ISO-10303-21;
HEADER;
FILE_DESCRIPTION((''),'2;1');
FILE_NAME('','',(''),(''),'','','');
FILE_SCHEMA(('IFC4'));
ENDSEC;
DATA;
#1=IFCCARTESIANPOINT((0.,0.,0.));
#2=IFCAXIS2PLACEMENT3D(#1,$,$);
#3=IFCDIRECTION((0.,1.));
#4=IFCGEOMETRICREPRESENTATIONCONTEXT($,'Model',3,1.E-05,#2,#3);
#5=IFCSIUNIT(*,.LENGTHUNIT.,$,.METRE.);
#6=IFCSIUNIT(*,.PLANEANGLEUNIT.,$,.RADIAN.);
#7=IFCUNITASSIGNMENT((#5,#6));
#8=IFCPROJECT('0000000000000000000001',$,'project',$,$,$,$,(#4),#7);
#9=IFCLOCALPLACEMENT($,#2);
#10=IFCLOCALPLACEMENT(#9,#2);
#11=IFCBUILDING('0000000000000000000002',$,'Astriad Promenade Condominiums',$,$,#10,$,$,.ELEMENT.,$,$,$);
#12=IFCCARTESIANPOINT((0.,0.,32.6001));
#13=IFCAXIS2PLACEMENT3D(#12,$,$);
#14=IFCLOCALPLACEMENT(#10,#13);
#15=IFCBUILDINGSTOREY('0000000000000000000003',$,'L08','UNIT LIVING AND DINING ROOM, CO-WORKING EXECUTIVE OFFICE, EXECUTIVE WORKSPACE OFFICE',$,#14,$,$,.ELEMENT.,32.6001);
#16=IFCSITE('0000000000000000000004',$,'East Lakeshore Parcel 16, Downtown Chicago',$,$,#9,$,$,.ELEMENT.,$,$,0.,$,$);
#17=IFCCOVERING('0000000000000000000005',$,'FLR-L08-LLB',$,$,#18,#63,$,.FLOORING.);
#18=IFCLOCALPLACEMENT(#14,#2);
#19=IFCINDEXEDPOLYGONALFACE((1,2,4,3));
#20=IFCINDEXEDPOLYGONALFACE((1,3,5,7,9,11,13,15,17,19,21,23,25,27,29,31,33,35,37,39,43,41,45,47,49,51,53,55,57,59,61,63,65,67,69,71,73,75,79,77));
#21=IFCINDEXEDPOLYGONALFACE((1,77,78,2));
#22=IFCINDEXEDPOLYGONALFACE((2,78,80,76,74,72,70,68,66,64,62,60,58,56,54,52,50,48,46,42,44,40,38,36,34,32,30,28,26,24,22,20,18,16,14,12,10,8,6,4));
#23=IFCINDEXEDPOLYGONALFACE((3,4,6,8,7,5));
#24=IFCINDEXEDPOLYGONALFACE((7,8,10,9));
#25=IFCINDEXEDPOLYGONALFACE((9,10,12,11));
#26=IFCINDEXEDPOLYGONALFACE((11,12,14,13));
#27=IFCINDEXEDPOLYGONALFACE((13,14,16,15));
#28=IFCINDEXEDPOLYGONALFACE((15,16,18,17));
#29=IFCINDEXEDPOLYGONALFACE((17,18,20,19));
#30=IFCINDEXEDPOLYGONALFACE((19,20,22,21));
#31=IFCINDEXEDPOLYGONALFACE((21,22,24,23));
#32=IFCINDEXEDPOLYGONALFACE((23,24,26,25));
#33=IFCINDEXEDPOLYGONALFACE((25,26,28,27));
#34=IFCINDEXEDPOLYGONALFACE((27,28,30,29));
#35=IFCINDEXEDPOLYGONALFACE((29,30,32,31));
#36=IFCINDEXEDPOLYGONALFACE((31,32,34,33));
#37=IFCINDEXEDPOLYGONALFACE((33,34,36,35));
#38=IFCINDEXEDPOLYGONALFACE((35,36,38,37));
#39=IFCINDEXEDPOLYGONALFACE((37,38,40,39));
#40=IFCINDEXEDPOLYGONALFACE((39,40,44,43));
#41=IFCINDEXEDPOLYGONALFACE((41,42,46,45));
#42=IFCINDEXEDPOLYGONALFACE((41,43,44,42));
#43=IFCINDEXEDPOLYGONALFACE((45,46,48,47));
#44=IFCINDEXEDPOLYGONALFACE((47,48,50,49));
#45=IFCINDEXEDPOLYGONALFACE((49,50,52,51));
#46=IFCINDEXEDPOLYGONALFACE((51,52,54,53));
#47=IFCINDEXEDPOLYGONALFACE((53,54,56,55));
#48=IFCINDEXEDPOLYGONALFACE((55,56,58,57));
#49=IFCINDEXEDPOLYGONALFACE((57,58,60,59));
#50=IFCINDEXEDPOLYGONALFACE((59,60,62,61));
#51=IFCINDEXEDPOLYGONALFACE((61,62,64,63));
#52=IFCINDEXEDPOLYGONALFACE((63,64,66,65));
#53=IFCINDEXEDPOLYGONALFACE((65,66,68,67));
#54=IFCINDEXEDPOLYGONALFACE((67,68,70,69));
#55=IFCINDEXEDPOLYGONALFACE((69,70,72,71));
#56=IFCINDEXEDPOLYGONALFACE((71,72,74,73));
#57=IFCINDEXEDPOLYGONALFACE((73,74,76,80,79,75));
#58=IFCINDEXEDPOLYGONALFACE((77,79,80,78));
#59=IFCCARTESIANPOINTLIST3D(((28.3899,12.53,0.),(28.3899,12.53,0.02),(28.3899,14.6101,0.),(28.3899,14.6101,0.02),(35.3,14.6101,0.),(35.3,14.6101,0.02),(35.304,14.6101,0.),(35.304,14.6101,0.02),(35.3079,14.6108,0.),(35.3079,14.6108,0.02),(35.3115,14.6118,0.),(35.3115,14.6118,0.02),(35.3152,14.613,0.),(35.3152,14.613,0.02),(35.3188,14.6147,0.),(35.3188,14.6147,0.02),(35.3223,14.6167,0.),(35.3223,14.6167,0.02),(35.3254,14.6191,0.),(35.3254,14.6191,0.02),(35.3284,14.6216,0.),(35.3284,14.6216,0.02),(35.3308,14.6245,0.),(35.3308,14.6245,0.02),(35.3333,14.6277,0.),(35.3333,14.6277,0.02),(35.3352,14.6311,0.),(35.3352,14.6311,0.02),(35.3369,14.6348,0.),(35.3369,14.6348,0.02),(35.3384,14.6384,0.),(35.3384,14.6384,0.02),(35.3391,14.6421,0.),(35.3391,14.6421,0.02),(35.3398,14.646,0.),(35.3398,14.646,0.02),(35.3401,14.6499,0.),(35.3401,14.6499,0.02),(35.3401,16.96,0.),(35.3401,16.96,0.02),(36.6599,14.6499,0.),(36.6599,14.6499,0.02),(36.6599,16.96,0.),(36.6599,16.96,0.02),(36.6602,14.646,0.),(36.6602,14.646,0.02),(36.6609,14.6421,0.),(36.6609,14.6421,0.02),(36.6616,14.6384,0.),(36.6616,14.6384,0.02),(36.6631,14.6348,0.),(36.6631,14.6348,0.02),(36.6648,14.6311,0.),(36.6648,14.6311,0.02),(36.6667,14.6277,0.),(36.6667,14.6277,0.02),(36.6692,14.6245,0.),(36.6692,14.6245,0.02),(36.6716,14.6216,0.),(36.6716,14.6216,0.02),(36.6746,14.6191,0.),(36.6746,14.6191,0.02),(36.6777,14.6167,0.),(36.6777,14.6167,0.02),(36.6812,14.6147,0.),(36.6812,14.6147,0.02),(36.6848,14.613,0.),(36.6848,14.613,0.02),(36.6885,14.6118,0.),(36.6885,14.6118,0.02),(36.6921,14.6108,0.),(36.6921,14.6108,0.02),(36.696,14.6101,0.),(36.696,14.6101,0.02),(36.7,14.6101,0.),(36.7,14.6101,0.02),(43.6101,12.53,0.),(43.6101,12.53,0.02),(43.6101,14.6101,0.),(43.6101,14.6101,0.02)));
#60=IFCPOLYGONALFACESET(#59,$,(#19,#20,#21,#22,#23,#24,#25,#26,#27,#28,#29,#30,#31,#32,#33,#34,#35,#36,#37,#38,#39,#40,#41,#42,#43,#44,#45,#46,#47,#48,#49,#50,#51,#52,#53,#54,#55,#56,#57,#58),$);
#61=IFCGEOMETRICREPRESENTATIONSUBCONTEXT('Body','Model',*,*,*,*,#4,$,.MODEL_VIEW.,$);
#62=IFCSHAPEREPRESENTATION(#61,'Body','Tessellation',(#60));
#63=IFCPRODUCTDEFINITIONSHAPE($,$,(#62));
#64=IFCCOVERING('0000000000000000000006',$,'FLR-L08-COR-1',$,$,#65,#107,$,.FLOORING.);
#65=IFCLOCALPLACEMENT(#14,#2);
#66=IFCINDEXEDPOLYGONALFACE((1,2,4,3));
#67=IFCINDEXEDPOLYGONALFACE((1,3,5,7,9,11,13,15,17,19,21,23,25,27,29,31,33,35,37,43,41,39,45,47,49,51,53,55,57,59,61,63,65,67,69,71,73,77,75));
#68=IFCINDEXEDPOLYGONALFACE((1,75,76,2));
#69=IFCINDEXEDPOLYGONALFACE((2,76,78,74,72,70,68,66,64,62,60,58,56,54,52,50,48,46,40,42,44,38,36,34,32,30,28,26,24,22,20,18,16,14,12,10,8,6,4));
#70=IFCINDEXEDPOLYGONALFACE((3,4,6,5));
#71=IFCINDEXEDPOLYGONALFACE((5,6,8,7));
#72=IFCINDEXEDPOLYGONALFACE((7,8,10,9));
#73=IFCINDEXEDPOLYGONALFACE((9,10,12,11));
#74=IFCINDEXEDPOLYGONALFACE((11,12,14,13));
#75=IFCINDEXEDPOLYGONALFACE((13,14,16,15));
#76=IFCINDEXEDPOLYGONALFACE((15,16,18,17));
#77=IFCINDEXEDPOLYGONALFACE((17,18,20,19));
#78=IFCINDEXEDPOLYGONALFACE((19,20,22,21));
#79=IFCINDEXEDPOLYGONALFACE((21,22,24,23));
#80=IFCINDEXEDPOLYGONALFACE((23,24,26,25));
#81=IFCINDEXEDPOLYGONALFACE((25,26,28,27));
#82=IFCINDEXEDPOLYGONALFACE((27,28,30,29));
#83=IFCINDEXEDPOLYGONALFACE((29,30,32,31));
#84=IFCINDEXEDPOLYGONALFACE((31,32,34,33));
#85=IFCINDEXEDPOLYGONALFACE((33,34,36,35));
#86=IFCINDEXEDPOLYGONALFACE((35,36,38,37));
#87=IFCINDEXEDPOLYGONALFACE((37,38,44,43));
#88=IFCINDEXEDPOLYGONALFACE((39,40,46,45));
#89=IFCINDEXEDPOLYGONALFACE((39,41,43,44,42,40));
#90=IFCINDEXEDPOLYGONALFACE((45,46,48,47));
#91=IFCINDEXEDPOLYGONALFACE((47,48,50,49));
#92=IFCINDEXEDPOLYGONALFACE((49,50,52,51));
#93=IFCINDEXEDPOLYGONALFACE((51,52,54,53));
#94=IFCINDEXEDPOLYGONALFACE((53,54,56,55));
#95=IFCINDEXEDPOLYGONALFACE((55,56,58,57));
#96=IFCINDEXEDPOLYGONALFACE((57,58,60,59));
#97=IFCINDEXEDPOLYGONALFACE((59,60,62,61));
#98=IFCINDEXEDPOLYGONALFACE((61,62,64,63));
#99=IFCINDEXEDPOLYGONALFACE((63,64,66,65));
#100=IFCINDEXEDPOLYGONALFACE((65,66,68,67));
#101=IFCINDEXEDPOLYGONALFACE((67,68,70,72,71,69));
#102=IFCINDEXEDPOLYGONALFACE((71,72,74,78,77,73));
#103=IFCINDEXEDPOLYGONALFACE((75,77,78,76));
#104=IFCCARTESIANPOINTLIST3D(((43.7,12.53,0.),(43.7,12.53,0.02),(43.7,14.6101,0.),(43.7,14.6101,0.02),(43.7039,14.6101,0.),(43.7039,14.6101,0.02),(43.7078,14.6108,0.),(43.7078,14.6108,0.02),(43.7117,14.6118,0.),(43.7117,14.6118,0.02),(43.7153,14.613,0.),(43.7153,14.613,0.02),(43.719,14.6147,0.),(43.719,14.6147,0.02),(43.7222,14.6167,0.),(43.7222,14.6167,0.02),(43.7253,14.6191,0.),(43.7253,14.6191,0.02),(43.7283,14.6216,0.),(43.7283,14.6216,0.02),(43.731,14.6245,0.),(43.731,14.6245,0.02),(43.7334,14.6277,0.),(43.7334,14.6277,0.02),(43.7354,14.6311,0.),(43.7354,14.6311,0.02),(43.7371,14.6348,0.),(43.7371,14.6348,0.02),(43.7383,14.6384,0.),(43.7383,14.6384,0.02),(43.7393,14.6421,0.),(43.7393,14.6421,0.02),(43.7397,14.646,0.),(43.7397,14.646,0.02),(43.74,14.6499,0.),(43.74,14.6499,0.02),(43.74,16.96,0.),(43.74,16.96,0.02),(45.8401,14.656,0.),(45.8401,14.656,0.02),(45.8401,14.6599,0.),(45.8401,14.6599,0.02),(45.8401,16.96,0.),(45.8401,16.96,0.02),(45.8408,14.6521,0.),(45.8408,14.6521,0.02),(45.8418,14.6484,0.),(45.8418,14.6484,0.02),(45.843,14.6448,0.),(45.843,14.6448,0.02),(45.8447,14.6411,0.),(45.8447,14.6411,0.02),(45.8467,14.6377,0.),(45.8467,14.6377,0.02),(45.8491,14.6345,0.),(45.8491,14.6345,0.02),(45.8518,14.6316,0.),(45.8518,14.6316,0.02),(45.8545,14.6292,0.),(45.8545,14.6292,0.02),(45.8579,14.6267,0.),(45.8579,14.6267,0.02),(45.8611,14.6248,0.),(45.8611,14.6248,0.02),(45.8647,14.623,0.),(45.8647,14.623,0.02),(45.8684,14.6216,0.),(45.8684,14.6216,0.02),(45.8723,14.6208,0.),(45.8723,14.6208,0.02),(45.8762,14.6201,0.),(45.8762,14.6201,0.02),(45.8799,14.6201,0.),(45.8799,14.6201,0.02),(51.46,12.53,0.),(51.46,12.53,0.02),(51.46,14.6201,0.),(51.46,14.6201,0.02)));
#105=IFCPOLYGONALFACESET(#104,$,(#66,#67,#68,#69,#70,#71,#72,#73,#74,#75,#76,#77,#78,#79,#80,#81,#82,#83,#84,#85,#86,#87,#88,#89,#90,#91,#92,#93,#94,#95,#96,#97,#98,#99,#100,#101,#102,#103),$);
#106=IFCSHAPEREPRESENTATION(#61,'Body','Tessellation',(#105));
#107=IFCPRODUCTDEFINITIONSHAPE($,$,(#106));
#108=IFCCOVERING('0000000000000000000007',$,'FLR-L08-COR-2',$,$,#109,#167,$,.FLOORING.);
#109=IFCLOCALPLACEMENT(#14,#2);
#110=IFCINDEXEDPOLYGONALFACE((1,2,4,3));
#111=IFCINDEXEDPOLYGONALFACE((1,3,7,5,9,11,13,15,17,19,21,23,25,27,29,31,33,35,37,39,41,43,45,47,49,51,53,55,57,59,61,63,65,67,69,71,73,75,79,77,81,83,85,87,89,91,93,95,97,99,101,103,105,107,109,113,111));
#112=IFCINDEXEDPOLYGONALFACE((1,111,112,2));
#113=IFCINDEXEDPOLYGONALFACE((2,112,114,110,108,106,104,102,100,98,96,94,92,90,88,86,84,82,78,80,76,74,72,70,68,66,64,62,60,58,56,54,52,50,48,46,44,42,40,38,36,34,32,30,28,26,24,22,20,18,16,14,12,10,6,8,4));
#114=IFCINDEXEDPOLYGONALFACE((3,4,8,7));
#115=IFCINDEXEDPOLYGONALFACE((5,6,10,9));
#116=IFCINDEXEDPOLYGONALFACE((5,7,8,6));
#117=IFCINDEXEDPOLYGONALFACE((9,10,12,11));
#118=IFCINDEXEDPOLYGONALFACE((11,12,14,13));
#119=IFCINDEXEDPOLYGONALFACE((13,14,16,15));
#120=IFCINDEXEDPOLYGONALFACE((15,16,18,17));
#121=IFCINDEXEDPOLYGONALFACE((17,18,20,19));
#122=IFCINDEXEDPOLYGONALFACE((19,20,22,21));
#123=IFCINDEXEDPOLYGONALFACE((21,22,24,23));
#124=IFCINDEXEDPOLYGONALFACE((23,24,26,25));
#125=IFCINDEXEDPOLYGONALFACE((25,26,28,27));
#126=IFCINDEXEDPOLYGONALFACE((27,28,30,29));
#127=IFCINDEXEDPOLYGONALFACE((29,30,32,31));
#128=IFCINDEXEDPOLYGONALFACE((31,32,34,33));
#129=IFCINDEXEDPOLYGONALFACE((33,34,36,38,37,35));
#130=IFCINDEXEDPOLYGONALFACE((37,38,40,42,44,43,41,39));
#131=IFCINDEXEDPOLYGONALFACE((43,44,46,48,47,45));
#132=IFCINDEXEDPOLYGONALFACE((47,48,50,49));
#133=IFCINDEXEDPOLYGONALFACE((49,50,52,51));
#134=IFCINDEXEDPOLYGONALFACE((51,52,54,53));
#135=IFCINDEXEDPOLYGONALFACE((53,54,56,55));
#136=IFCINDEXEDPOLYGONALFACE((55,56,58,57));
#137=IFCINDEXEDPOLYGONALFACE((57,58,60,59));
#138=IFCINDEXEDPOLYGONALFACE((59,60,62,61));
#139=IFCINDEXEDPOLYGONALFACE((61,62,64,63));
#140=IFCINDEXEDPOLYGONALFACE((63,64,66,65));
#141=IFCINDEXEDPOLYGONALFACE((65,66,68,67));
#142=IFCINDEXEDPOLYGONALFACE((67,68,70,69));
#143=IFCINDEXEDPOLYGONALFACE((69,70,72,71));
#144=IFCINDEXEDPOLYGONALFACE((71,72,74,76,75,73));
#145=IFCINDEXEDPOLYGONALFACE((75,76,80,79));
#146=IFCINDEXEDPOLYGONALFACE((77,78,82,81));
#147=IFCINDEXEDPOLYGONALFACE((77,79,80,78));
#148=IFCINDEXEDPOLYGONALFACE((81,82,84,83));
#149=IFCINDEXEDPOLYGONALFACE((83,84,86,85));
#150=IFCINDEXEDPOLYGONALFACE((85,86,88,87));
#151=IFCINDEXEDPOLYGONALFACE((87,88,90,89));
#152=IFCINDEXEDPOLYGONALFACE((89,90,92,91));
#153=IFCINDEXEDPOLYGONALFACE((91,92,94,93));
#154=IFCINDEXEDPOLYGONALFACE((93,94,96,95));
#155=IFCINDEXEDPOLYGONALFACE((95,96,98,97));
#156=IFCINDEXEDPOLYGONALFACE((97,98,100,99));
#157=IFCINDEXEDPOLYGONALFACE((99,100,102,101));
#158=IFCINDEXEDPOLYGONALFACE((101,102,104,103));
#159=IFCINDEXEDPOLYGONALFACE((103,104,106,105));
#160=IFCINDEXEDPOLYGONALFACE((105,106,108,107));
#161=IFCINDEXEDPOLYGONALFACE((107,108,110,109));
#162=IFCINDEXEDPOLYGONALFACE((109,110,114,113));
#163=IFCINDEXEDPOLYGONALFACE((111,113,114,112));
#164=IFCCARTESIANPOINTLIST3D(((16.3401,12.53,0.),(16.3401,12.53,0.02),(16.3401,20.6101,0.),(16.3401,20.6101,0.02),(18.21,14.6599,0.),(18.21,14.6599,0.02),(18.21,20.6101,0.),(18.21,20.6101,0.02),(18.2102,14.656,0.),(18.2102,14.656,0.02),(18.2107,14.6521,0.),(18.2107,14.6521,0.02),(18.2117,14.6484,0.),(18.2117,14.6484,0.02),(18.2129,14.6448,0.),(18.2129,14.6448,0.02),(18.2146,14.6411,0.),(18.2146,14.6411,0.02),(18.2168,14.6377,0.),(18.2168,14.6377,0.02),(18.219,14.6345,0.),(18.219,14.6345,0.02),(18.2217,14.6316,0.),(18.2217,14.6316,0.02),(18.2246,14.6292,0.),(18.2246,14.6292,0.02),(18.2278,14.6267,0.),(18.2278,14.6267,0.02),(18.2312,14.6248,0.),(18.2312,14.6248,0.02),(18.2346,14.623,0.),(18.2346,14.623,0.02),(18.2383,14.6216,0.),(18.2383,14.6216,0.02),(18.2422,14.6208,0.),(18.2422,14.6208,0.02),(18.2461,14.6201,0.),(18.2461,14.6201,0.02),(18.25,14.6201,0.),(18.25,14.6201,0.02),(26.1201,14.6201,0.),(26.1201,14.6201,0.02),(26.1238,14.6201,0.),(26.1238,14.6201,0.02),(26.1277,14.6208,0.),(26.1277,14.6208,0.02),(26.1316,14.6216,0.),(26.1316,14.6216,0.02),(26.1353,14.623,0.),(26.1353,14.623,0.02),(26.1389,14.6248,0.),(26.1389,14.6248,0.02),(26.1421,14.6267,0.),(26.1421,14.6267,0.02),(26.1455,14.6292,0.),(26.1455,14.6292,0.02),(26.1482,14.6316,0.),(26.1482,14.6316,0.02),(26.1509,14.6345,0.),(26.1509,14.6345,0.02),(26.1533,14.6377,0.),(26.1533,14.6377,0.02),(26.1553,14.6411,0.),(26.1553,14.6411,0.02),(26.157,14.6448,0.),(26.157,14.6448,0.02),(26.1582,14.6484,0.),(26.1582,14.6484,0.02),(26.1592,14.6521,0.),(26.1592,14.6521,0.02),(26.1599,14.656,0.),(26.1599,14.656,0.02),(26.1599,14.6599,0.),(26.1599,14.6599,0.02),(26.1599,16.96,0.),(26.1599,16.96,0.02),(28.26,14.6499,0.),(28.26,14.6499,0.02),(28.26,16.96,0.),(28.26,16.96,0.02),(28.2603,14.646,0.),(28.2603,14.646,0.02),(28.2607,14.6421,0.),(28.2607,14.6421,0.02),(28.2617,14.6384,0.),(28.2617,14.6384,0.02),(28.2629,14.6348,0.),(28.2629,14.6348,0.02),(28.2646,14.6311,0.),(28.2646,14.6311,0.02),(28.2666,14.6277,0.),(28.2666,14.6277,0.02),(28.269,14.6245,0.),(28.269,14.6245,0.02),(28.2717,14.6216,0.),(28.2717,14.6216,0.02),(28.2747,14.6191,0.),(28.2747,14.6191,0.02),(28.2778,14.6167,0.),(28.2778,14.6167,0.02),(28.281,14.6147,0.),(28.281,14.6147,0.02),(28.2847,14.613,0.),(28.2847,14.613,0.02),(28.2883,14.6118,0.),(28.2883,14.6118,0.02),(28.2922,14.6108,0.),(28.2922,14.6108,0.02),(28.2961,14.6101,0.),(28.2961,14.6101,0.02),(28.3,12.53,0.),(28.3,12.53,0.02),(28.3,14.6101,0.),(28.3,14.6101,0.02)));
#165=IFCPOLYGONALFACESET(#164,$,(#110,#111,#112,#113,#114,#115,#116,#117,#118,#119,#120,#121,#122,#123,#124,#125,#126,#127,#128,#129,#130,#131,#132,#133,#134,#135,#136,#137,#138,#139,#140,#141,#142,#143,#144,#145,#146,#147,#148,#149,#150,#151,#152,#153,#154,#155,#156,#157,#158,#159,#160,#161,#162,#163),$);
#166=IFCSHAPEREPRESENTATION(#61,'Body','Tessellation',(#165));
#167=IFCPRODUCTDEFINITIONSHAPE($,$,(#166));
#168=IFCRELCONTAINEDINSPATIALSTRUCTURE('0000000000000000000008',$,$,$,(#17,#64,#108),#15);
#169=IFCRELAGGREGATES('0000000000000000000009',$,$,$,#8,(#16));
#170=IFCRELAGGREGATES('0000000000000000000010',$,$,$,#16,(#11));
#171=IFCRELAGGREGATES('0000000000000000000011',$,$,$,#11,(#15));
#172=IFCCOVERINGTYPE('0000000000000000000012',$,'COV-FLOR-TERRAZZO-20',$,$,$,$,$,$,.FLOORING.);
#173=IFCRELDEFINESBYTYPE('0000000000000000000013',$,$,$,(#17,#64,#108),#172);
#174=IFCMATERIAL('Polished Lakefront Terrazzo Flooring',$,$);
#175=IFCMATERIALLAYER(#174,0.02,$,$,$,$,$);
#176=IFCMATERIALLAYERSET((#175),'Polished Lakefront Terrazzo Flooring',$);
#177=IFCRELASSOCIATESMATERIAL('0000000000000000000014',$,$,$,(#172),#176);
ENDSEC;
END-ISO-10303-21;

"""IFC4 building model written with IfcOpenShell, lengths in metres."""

from ifc_helpers import new_model, si_unit, direction, frame, origin, place, context, subcontext, project, spatial, polyline, outline, extrude, material, layer, layer_set, type_object, element, save


model = new_model("IFC4")

# Units and contexts
model_context = context("Model", 3, precision=1e-05, world=origin(), true_north=direction((0.0, 1.0)))
body_context = subcontext(model_context, "Body", "Model", "MODEL_VIEW")
ifc_project = project(units=[si_unit("LENGTHUNIT", "METRE"), si_unit("PLANEANGLEUNIT", "RADIAN")], contexts=[model_context])

# Site, building, storey
site_placement = place(None, origin())
site = spatial("IfcSite", under=ifc_project, at=site_placement, Name="East Lakeshore Parcel 16, Downtown Chicago", CompositionType="ELEMENT", RefElevation=0.0)
building_placement = place(site_placement, origin())
building = spatial("IfcBuilding", under=site, at=building_placement, Name="Astriad Promenade Condominiums", CompositionType="ELEMENT")
storey_placement = place(building_placement, frame((0.0, 0.0, 32.6001)))
storey = spatial("IfcBuildingStorey", under=building, at=storey_placement, Name="L08", Description="UNIT LIVING AND DINING ROOM, CO-WORKING EXECUTIVE OFFICE, EXECUTIVE WORKSPACE OFFICE", CompositionType="ELEMENT", Elevation=32.6001)

# Coverings
ifc_material_1 = material(Name="Polished Lakefront Terrazzo Flooring")
ifc_layer_1 = layer(ifc_material_1, 0.02)
ifc_layer_set_1 = layer_set([ifc_layer_1], Name="Polished Lakefront Terrazzo Flooring")
covering_type = type_object("IfcCoveringType", Name="COV-FLOR-TERRAZZO-20", PredefinedType="FLOORING", material=ifc_layer_set_1)
covering_1_placement = place(storey_placement, origin())
element("IfcCovering", 1, at=covering_1_placement, inside=storey, type_object=covering_type, Name="FLR-L08-LLB", PredefinedType="FLOORING", context=body_context, shape_type="SweptSolid", body=[
    extrude(outline(polyline([(43.6101, 14.6101), (43.6101, 12.53), (28.3899, 12.53), (28.3899, 14.6101), (35.3, 14.6101), (35.304, 14.6101), (35.3079, 14.6108), (35.3115, 14.6118), (35.3152, 14.613), (35.3188, 14.6147), (35.3223, 14.6167), (35.3254, 14.6191), (35.3284, 14.6216), (35.3308, 14.6245), (35.3333, 14.6277), (35.3352, 14.6311), (35.3369, 14.6348), (35.3384, 14.6384), (35.3391, 14.6421), (35.3398, 14.646), (35.3401, 14.6499), (35.3401, 16.96), (36.6599, 16.96), (36.6599, 14.6499), (36.6602, 14.646), (36.6609, 14.6421), (36.6616, 14.6384), (36.6631, 14.6348), (36.6648, 14.6311), (36.6667, 14.6277), (36.6692, 14.6245), (36.6716, 14.6216), (36.6746, 14.6191), (36.6777, 14.6167), (36.6812, 14.6147), (36.6848, 14.613), (36.6885, 14.6118), (36.6921, 14.6108), (36.696, 14.6101), (36.7, 14.6101), (43.6101, 14.6101)])), origin(), (0.0, 0.0, 1.0), 0.02),
])
covering_2_placement = place(storey_placement, origin())
element("IfcCovering", 2, at=covering_2_placement, inside=storey, type_object=covering_type, Name="FLR-L08-COR-1", PredefinedType="FLOORING", context=body_context, shape_type="SweptSolid", body=[
    extrude(outline(polyline([(43.7, 12.53), (43.7, 14.6101), (43.7039, 14.6101), (43.7078, 14.6108), (43.7117, 14.6118), (43.7153, 14.613), (43.719, 14.6147), (43.7222, 14.6167), (43.7253, 14.6191), (43.7283, 14.6216), (43.731, 14.6245), (43.7334, 14.6277), (43.7354, 14.6311), (43.7371, 14.6348), (43.7383, 14.6384), (43.7393, 14.6421), (43.7397, 14.646), (43.74, 14.6499), (43.74, 16.96), (45.8401, 16.96), (45.8401, 14.6599), (45.8401, 14.656), (45.8408, 14.6521), (45.8418, 14.6484), (45.843, 14.6448), (45.8447, 14.6411), (45.8467, 14.6377), (45.8491, 14.6345), (45.8518, 14.6316), (45.8545, 14.6292), (45.8579, 14.6267), (45.8611, 14.6248), (45.8647, 14.623), (45.8684, 14.6216), (45.8723, 14.6208), (45.8762, 14.6201), (45.8799, 14.6201), (51.46, 14.6201), (51.46, 12.53), (43.7, 12.53)])), origin(), (0.0, 0.0, 1.0), 0.02),
])
covering_3_placement = place(storey_placement, origin())
element("IfcCovering", 3, at=covering_3_placement, inside=storey, type_object=covering_type, Name="FLR-L08-COR-2", PredefinedType="FLOORING", context=body_context, shape_type="SweptSolid", body=[
    extrude(outline(polyline([(28.3, 12.53), (16.3401, 12.53), (16.3401, 20.6101), (18.21, 20.6101), (18.21, 14.6599), (18.2102, 14.656), (18.2107, 14.6521), (18.2117, 14.6484), (18.2129, 14.6448), (18.2146, 14.6411), (18.2168, 14.6377), (18.219, 14.6345), (18.2217, 14.6316), (18.2246, 14.6292), (18.2278, 14.6267), (18.2312, 14.6248), (18.2346, 14.623), (18.2383, 14.6216), (18.2422, 14.6208), (18.2461, 14.6201), (18.25, 14.6201), (26.1201, 14.6201), (26.1238, 14.6201), (26.1277, 14.6208), (26.1316, 14.6216), (26.1353, 14.623), (26.1389, 14.6248), (26.1421, 14.6267), (26.1455, 14.6292), (26.1482, 14.6316), (26.1509, 14.6345), (26.1533, 14.6377), (26.1553, 14.6411), (26.157, 14.6448), (26.1582, 14.6484), (26.1592, 14.6521), (26.1599, 14.656), (26.1599, 14.6599), (26.1599, 16.96), (28.26, 16.96), (28.26, 14.6499), (28.2603, 14.646), (28.2607, 14.6421), (28.2617, 14.6384), (28.2629, 14.6348), (28.2646, 14.6311), (28.2666, 14.6277), (28.269, 14.6245), (28.2717, 14.6216), (28.2747, 14.6191), (28.2778, 14.6167), (28.281, 14.6147), (28.2847, 14.613), (28.2883, 14.6118), (28.2922, 14.6108), (28.2961, 14.6101), (28.3, 14.6101), (28.3, 12.53)])), origin(), (0.0, 0.0, 1.0), 0.02),
])

save(model, "model.ifc")
